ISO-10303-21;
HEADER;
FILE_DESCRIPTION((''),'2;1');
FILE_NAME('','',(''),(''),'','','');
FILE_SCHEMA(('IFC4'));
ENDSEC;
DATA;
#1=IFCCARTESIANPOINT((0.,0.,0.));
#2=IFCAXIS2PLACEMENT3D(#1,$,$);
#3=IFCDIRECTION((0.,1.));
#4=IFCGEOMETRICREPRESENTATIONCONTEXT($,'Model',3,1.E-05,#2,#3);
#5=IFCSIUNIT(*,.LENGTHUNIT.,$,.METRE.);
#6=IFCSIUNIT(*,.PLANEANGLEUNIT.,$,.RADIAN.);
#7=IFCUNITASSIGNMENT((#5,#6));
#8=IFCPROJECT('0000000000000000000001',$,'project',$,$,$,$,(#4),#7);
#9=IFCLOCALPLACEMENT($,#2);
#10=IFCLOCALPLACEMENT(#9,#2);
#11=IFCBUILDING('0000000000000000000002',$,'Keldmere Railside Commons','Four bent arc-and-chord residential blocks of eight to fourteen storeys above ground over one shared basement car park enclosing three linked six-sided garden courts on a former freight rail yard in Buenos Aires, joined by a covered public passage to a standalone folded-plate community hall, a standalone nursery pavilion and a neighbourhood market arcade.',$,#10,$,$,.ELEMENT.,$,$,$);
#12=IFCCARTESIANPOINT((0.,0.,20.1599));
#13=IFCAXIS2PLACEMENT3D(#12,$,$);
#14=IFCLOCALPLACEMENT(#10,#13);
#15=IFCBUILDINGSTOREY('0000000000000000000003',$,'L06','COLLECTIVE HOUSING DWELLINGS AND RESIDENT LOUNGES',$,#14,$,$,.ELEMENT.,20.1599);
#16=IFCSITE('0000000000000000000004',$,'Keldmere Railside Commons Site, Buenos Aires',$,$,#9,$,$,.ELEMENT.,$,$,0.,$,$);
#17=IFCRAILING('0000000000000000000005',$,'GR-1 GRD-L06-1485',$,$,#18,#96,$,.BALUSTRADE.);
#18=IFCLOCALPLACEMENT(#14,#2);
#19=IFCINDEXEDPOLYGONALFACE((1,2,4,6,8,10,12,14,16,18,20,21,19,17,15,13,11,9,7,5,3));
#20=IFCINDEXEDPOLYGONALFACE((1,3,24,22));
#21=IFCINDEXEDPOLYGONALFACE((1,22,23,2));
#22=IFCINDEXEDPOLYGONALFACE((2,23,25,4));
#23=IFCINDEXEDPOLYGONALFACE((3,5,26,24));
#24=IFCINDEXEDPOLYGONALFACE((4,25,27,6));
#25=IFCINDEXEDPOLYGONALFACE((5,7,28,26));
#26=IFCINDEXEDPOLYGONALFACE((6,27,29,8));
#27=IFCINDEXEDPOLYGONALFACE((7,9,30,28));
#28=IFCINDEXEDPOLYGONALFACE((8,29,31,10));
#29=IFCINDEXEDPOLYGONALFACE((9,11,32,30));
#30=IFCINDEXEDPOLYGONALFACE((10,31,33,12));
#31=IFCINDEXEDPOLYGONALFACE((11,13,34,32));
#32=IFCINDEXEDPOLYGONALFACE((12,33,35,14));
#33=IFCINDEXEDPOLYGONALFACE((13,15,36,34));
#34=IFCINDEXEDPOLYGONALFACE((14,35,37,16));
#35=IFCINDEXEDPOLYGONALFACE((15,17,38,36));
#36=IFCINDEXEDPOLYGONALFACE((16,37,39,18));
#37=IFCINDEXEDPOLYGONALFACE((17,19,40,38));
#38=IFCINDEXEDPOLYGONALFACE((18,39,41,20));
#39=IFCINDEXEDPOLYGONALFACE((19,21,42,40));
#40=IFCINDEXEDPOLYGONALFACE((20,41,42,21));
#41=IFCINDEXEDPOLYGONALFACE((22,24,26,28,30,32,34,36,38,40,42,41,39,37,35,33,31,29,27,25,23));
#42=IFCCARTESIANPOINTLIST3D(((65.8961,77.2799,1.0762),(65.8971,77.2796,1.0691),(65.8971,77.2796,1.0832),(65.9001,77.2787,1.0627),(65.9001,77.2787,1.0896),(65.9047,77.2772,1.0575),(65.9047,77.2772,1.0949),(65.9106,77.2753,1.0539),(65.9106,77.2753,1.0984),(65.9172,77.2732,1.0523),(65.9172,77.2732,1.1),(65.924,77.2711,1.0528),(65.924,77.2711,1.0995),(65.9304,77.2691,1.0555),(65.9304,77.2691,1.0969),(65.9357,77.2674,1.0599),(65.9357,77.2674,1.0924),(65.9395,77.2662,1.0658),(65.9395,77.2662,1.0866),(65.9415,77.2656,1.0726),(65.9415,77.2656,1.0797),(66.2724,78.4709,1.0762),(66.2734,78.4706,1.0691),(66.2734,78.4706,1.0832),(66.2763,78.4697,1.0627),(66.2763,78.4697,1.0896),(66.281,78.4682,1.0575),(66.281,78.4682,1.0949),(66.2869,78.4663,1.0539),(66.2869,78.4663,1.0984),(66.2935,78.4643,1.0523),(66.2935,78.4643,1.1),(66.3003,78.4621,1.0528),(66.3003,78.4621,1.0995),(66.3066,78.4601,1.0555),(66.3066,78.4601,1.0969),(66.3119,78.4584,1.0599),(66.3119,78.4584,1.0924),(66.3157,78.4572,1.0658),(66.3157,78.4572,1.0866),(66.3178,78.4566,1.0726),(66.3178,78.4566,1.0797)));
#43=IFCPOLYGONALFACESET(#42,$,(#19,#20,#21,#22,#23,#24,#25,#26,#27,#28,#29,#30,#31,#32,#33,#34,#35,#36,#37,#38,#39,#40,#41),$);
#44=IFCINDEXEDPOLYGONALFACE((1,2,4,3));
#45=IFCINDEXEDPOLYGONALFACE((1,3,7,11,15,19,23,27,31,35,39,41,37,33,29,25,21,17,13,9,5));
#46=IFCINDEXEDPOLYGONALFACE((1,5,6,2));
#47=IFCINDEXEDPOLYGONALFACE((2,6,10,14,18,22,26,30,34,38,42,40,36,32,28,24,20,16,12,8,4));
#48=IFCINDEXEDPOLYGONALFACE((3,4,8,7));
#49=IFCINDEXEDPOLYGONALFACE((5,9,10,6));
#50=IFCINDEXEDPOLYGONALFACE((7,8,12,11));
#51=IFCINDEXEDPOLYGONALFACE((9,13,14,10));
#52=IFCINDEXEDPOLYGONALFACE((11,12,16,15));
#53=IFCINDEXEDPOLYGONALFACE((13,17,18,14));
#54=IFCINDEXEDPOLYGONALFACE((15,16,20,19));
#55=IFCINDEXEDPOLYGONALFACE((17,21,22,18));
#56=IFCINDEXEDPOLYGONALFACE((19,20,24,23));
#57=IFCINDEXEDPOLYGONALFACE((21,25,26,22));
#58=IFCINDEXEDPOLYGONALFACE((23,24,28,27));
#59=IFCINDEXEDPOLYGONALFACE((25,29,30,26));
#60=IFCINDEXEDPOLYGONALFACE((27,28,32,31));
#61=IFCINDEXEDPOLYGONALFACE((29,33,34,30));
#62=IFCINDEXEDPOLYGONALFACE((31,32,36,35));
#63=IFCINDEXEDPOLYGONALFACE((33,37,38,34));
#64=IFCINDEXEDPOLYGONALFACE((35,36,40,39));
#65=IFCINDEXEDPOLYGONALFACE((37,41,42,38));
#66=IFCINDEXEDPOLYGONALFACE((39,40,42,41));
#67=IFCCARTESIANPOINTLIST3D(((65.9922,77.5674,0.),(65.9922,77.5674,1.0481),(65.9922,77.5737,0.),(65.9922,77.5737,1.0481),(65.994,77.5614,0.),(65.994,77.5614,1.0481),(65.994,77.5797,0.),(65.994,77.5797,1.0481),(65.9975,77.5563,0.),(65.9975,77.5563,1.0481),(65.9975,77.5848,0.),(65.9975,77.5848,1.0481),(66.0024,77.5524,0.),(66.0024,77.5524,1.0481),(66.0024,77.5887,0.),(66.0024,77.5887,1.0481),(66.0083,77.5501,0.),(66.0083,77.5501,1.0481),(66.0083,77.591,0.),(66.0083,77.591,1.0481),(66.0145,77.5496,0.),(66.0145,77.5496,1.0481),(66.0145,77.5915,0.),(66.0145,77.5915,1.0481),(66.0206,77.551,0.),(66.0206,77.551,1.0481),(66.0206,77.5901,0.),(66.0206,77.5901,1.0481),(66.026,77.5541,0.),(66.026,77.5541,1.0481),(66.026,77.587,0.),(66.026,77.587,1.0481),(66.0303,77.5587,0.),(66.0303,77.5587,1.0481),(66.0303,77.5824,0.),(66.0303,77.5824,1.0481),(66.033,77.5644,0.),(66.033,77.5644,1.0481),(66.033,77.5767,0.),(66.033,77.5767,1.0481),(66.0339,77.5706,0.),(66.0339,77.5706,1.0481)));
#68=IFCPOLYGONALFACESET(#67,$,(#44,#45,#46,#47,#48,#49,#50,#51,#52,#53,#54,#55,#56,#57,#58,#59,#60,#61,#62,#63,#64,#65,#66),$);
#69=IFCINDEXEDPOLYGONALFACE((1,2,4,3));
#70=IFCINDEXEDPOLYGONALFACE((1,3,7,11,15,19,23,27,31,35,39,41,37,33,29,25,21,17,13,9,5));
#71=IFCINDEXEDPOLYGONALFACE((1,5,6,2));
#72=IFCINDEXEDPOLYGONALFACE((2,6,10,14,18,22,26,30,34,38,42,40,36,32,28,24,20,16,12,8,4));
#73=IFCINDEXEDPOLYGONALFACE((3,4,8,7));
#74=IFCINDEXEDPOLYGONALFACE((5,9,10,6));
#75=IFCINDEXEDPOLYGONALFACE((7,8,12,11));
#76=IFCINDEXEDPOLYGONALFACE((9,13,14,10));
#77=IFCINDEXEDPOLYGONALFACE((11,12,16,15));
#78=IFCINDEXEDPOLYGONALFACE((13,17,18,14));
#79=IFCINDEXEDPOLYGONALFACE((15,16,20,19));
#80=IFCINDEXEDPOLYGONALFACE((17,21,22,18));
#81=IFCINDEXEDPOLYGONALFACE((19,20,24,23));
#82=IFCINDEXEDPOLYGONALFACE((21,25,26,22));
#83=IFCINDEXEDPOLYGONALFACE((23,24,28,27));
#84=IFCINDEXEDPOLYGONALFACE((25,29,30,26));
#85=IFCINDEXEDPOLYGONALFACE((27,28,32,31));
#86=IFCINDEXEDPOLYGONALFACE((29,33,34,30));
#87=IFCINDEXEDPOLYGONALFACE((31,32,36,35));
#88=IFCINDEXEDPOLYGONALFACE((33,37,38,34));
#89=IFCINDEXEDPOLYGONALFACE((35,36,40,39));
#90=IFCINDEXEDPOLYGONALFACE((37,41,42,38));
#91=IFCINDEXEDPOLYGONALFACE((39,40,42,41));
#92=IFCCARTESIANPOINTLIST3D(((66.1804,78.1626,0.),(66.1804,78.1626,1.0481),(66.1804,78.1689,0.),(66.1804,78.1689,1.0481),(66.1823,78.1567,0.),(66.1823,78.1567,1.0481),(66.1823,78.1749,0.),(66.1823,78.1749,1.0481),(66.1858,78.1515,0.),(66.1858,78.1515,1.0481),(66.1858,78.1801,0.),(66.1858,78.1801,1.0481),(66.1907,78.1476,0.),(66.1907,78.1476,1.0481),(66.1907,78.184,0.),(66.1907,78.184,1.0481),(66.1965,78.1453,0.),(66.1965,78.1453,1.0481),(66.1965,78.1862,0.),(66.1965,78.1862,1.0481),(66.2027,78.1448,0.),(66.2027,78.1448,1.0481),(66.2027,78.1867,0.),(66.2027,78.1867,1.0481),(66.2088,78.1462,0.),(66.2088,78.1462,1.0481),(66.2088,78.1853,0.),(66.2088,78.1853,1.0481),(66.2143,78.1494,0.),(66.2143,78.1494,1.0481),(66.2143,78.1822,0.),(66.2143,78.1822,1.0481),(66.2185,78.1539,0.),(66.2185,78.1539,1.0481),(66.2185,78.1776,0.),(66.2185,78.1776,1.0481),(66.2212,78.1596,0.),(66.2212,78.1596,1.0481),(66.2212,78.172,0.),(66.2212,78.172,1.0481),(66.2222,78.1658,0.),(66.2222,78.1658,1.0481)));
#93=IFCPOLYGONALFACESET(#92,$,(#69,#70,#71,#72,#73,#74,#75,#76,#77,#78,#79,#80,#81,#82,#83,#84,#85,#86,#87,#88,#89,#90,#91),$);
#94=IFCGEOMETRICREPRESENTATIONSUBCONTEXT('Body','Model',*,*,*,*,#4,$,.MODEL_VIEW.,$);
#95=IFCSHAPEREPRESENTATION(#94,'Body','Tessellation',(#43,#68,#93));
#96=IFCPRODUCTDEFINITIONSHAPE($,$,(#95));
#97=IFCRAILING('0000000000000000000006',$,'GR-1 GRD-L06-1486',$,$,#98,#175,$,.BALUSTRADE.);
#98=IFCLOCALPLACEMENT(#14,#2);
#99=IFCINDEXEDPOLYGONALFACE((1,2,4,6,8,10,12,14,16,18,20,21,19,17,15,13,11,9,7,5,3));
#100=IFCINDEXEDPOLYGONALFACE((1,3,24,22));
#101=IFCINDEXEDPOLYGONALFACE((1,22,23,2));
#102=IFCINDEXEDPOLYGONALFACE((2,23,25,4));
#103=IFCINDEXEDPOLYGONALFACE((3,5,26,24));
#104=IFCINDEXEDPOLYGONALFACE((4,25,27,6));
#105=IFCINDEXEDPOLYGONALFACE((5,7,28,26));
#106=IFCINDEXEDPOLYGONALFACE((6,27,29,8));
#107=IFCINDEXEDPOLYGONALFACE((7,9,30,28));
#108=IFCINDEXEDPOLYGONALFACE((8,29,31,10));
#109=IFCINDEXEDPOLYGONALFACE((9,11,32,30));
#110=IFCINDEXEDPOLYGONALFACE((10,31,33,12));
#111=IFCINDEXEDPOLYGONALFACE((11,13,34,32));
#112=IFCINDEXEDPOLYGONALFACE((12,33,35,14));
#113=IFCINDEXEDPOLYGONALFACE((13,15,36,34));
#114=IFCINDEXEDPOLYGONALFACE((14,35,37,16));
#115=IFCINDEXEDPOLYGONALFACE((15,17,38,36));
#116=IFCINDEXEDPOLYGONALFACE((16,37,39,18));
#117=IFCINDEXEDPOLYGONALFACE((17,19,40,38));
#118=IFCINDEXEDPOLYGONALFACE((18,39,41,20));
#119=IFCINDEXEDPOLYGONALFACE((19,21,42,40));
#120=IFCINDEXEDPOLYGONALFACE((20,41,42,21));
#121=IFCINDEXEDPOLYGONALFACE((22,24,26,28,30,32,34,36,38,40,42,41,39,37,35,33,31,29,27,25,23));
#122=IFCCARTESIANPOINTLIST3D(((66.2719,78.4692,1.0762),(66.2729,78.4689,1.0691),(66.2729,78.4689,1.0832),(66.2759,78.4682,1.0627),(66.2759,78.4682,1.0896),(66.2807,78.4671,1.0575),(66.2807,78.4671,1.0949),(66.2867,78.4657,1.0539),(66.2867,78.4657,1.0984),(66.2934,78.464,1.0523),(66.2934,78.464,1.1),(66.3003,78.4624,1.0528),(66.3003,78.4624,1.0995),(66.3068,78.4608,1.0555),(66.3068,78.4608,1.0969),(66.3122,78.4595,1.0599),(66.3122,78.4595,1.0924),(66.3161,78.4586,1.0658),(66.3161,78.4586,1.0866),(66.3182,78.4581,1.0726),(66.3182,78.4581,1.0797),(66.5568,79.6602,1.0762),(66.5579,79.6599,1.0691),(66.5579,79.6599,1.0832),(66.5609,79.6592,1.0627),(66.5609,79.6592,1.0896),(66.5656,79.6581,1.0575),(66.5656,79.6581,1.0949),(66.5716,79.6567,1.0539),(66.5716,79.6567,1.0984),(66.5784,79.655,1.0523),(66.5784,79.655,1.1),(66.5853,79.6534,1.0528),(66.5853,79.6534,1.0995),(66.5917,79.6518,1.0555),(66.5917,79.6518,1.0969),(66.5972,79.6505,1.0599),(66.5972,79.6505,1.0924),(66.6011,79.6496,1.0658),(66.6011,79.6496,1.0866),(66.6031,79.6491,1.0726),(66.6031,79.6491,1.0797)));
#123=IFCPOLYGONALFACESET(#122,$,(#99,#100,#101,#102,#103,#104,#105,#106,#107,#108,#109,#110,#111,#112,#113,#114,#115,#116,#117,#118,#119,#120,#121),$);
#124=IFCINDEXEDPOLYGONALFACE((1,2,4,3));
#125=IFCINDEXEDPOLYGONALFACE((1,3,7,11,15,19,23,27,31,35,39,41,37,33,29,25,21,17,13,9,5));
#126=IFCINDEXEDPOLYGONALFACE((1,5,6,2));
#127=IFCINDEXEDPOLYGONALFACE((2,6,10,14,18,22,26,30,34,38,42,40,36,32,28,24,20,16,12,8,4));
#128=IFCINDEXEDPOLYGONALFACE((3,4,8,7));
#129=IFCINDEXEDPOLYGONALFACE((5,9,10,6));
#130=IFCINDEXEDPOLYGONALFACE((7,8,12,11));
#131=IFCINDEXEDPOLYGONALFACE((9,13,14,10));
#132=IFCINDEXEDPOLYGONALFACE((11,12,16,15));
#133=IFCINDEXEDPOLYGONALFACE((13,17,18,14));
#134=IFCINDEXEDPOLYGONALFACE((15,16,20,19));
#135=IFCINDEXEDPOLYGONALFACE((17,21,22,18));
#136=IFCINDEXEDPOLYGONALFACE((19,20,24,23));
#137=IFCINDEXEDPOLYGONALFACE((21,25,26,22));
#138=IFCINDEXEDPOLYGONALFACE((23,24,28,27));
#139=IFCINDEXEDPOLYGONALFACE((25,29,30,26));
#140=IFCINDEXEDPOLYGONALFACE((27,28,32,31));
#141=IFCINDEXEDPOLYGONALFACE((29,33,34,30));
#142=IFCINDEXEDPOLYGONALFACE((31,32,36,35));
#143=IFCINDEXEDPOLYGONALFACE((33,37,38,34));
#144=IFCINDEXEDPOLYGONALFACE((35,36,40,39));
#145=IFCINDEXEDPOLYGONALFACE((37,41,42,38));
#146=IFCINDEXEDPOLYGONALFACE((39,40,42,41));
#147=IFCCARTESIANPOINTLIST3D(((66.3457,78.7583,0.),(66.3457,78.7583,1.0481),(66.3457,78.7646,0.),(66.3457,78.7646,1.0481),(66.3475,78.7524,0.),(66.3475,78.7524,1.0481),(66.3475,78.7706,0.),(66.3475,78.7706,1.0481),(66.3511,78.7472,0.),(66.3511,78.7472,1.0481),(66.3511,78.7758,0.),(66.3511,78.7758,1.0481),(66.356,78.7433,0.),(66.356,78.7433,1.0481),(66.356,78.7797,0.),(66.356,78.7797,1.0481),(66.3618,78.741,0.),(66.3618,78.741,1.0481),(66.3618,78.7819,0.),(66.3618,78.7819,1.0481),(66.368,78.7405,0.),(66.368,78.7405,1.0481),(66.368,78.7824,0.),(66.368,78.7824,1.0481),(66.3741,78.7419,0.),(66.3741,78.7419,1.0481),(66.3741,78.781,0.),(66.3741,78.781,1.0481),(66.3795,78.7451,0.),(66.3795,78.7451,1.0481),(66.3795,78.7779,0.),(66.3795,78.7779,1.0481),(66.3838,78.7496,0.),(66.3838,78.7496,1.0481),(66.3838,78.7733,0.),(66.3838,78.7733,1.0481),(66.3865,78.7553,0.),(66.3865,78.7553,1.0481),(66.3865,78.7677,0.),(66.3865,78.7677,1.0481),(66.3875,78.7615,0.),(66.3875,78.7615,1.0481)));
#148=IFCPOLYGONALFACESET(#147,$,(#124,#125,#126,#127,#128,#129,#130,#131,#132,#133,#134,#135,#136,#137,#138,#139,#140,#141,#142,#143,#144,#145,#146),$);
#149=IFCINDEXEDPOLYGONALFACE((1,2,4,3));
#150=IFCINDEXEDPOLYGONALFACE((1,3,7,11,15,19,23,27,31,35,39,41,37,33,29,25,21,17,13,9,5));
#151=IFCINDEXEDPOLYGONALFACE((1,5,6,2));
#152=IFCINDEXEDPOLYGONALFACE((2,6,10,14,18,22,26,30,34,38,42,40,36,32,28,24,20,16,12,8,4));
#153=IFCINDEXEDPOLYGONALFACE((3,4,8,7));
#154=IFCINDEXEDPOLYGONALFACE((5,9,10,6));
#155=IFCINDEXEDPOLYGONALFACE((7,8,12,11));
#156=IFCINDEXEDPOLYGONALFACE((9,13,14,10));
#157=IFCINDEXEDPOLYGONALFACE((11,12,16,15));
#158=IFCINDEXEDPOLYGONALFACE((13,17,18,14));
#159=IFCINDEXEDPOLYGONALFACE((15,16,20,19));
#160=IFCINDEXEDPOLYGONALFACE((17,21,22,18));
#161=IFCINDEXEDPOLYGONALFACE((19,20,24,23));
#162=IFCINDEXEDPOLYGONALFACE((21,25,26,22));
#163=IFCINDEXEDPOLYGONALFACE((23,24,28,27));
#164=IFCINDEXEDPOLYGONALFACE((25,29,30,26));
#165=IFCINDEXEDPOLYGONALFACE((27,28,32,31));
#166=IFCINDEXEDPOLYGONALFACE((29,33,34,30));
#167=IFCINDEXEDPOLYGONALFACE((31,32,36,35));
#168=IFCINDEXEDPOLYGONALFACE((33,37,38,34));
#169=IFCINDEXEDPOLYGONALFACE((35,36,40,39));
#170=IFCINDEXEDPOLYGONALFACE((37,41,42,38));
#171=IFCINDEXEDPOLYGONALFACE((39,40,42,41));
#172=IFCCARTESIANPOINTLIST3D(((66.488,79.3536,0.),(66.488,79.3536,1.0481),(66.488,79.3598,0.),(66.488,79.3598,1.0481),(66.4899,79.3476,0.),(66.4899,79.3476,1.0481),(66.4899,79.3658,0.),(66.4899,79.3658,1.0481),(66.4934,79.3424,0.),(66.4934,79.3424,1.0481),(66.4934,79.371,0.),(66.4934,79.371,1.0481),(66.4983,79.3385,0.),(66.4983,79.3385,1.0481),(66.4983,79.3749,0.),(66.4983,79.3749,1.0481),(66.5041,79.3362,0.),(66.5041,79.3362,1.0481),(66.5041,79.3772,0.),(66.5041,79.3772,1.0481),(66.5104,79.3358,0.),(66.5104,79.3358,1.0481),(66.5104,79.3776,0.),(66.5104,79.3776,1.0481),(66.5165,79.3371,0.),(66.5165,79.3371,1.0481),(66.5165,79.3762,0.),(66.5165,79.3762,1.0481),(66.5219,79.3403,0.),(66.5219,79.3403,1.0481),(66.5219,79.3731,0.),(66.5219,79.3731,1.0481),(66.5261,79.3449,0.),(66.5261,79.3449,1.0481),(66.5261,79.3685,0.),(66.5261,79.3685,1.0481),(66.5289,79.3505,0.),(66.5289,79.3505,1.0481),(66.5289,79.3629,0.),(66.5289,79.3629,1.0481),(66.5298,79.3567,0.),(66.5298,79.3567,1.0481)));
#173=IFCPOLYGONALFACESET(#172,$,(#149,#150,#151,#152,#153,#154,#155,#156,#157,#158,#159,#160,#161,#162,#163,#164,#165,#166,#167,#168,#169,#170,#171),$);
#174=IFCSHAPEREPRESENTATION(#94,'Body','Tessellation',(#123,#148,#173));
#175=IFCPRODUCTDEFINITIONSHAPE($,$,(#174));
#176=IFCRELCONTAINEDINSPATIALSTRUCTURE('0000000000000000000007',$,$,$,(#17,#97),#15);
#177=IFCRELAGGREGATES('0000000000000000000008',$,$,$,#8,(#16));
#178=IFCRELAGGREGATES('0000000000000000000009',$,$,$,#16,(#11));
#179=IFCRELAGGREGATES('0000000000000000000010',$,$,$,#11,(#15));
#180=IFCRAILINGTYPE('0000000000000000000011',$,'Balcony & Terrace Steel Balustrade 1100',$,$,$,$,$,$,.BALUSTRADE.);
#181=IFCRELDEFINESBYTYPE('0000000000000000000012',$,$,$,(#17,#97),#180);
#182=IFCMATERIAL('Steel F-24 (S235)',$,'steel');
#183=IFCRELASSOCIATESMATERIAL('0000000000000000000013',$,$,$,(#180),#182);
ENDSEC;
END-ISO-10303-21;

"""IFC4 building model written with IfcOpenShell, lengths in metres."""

from ifc_helpers import new_model, si_unit, direction, frame, origin, origin_2d, place, context, subcontext, project, spatial, circle, extrude, material, type_object, element, save


model = new_model("IFC4")

# Units and contexts
model_context = context("Model", 3, precision=1e-05, world=origin(), true_north=direction((0.0, 1.0)))
body_context = subcontext(model_context, "Body", "Model", "MODEL_VIEW")
ifc_project = project(units=[si_unit("LENGTHUNIT", "METRE"), si_unit("PLANEANGLEUNIT", "RADIAN")], contexts=[model_context])

# Site, building, storey
site_placement = place(None, origin())
site = spatial("IfcSite", under=ifc_project, at=site_placement, Name="Keldmere Railside Commons Site, Buenos Aires", CompositionType="ELEMENT", RefElevation=0.0)
building_placement = place(site_placement, origin())
building = spatial("IfcBuilding", under=site, at=building_placement, Name="Keldmere Railside Commons", Description="Four bent arc-and-chord residential blocks of eight to fourteen storeys above ground over one shared basement car park enclosing three linked six-sided garden courts on a former freight rail yard in Buenos Aires, joined by a covered public passage to a standalone folded-plate community hall, a standalone nursery pavilion and a neighbourhood market arcade.", CompositionType="ELEMENT")
storey_placement = place(building_placement, frame((0.0, 0.0, 20.1599)))
storey = spatial("IfcBuildingStorey", under=building, at=storey_placement, Name="L06", Description="COLLECTIVE HOUSING DWELLINGS AND RESIDENT LOUNGES", CompositionType="ELEMENT", Elevation=20.1599)

# Railings
ifc_material_1 = material(Name="Steel F-24 (S235)", Category="steel")
railing_type = type_object("IfcRailingType", Name="Balcony & Terrace Steel Balustrade 1100", PredefinedType="BALUSTRADE", material=ifc_material_1)
railing_1_placement = place(storey_placement, frame((65.9189, 77.2727, 0.0)))
element("IfcRailing", 1, at=railing_1_placement, inside=storey, type_object=railing_type, Name="GR-1 GRD-L06-1485", PredefinedType="BALUSTRADE", context=body_context, shape_type="SweptSolid", body=[
    extrude(circle(Radius=0.0239, at=origin_2d()), frame((0.0, 0.0, 1.0762), z_axis=(0.301234, 0.95355, 0.0), x_axis=(-0.95355, 0.301234, 0.0)), (0.0, 0.0, 1.0), 1.249),
    extrude(circle(Radius=0.021, at=origin_2d()), frame((0.094, 0.2979, 0.0)), (0.0, 0.0, 1.0), 1.0481),
    extrude(circle(Radius=0.021, at=origin_2d()), frame((0.2822, 0.8931, 0.0)), (0.0, 0.0, 1.0), 1.0481),
])
railing_2_placement = place(storey_placement, frame((66.2952, 78.4636, 0.0)))
element("IfcRailing", 2, at=railing_2_placement, inside=storey, type_object=railing_type, Name="GR-1 GRD-L06-1486", PredefinedType="BALUSTRADE", context=body_context, shape_type="SweptSolid", body=[
    extrude(circle(Radius=0.0239, at=origin_2d()), frame((0.0, 0.0, 1.0762), z_axis=(0.232672, 0.972555, 0.0), x_axis=(-0.972555, 0.232672, 0.0)), (0.0, 0.0, 1.0), 1.2246),
    extrude(circle(Radius=0.021, at=origin_2d()), frame((0.0713, 0.2979, 0.0)), (0.0, 0.0, 1.0), 1.0481),
    extrude(circle(Radius=0.021, at=origin_2d()), frame((0.2136, 0.8931, 0.0)), (0.0, 0.0, 1.0), 1.0481),
])

save(model, "model.ifc")
